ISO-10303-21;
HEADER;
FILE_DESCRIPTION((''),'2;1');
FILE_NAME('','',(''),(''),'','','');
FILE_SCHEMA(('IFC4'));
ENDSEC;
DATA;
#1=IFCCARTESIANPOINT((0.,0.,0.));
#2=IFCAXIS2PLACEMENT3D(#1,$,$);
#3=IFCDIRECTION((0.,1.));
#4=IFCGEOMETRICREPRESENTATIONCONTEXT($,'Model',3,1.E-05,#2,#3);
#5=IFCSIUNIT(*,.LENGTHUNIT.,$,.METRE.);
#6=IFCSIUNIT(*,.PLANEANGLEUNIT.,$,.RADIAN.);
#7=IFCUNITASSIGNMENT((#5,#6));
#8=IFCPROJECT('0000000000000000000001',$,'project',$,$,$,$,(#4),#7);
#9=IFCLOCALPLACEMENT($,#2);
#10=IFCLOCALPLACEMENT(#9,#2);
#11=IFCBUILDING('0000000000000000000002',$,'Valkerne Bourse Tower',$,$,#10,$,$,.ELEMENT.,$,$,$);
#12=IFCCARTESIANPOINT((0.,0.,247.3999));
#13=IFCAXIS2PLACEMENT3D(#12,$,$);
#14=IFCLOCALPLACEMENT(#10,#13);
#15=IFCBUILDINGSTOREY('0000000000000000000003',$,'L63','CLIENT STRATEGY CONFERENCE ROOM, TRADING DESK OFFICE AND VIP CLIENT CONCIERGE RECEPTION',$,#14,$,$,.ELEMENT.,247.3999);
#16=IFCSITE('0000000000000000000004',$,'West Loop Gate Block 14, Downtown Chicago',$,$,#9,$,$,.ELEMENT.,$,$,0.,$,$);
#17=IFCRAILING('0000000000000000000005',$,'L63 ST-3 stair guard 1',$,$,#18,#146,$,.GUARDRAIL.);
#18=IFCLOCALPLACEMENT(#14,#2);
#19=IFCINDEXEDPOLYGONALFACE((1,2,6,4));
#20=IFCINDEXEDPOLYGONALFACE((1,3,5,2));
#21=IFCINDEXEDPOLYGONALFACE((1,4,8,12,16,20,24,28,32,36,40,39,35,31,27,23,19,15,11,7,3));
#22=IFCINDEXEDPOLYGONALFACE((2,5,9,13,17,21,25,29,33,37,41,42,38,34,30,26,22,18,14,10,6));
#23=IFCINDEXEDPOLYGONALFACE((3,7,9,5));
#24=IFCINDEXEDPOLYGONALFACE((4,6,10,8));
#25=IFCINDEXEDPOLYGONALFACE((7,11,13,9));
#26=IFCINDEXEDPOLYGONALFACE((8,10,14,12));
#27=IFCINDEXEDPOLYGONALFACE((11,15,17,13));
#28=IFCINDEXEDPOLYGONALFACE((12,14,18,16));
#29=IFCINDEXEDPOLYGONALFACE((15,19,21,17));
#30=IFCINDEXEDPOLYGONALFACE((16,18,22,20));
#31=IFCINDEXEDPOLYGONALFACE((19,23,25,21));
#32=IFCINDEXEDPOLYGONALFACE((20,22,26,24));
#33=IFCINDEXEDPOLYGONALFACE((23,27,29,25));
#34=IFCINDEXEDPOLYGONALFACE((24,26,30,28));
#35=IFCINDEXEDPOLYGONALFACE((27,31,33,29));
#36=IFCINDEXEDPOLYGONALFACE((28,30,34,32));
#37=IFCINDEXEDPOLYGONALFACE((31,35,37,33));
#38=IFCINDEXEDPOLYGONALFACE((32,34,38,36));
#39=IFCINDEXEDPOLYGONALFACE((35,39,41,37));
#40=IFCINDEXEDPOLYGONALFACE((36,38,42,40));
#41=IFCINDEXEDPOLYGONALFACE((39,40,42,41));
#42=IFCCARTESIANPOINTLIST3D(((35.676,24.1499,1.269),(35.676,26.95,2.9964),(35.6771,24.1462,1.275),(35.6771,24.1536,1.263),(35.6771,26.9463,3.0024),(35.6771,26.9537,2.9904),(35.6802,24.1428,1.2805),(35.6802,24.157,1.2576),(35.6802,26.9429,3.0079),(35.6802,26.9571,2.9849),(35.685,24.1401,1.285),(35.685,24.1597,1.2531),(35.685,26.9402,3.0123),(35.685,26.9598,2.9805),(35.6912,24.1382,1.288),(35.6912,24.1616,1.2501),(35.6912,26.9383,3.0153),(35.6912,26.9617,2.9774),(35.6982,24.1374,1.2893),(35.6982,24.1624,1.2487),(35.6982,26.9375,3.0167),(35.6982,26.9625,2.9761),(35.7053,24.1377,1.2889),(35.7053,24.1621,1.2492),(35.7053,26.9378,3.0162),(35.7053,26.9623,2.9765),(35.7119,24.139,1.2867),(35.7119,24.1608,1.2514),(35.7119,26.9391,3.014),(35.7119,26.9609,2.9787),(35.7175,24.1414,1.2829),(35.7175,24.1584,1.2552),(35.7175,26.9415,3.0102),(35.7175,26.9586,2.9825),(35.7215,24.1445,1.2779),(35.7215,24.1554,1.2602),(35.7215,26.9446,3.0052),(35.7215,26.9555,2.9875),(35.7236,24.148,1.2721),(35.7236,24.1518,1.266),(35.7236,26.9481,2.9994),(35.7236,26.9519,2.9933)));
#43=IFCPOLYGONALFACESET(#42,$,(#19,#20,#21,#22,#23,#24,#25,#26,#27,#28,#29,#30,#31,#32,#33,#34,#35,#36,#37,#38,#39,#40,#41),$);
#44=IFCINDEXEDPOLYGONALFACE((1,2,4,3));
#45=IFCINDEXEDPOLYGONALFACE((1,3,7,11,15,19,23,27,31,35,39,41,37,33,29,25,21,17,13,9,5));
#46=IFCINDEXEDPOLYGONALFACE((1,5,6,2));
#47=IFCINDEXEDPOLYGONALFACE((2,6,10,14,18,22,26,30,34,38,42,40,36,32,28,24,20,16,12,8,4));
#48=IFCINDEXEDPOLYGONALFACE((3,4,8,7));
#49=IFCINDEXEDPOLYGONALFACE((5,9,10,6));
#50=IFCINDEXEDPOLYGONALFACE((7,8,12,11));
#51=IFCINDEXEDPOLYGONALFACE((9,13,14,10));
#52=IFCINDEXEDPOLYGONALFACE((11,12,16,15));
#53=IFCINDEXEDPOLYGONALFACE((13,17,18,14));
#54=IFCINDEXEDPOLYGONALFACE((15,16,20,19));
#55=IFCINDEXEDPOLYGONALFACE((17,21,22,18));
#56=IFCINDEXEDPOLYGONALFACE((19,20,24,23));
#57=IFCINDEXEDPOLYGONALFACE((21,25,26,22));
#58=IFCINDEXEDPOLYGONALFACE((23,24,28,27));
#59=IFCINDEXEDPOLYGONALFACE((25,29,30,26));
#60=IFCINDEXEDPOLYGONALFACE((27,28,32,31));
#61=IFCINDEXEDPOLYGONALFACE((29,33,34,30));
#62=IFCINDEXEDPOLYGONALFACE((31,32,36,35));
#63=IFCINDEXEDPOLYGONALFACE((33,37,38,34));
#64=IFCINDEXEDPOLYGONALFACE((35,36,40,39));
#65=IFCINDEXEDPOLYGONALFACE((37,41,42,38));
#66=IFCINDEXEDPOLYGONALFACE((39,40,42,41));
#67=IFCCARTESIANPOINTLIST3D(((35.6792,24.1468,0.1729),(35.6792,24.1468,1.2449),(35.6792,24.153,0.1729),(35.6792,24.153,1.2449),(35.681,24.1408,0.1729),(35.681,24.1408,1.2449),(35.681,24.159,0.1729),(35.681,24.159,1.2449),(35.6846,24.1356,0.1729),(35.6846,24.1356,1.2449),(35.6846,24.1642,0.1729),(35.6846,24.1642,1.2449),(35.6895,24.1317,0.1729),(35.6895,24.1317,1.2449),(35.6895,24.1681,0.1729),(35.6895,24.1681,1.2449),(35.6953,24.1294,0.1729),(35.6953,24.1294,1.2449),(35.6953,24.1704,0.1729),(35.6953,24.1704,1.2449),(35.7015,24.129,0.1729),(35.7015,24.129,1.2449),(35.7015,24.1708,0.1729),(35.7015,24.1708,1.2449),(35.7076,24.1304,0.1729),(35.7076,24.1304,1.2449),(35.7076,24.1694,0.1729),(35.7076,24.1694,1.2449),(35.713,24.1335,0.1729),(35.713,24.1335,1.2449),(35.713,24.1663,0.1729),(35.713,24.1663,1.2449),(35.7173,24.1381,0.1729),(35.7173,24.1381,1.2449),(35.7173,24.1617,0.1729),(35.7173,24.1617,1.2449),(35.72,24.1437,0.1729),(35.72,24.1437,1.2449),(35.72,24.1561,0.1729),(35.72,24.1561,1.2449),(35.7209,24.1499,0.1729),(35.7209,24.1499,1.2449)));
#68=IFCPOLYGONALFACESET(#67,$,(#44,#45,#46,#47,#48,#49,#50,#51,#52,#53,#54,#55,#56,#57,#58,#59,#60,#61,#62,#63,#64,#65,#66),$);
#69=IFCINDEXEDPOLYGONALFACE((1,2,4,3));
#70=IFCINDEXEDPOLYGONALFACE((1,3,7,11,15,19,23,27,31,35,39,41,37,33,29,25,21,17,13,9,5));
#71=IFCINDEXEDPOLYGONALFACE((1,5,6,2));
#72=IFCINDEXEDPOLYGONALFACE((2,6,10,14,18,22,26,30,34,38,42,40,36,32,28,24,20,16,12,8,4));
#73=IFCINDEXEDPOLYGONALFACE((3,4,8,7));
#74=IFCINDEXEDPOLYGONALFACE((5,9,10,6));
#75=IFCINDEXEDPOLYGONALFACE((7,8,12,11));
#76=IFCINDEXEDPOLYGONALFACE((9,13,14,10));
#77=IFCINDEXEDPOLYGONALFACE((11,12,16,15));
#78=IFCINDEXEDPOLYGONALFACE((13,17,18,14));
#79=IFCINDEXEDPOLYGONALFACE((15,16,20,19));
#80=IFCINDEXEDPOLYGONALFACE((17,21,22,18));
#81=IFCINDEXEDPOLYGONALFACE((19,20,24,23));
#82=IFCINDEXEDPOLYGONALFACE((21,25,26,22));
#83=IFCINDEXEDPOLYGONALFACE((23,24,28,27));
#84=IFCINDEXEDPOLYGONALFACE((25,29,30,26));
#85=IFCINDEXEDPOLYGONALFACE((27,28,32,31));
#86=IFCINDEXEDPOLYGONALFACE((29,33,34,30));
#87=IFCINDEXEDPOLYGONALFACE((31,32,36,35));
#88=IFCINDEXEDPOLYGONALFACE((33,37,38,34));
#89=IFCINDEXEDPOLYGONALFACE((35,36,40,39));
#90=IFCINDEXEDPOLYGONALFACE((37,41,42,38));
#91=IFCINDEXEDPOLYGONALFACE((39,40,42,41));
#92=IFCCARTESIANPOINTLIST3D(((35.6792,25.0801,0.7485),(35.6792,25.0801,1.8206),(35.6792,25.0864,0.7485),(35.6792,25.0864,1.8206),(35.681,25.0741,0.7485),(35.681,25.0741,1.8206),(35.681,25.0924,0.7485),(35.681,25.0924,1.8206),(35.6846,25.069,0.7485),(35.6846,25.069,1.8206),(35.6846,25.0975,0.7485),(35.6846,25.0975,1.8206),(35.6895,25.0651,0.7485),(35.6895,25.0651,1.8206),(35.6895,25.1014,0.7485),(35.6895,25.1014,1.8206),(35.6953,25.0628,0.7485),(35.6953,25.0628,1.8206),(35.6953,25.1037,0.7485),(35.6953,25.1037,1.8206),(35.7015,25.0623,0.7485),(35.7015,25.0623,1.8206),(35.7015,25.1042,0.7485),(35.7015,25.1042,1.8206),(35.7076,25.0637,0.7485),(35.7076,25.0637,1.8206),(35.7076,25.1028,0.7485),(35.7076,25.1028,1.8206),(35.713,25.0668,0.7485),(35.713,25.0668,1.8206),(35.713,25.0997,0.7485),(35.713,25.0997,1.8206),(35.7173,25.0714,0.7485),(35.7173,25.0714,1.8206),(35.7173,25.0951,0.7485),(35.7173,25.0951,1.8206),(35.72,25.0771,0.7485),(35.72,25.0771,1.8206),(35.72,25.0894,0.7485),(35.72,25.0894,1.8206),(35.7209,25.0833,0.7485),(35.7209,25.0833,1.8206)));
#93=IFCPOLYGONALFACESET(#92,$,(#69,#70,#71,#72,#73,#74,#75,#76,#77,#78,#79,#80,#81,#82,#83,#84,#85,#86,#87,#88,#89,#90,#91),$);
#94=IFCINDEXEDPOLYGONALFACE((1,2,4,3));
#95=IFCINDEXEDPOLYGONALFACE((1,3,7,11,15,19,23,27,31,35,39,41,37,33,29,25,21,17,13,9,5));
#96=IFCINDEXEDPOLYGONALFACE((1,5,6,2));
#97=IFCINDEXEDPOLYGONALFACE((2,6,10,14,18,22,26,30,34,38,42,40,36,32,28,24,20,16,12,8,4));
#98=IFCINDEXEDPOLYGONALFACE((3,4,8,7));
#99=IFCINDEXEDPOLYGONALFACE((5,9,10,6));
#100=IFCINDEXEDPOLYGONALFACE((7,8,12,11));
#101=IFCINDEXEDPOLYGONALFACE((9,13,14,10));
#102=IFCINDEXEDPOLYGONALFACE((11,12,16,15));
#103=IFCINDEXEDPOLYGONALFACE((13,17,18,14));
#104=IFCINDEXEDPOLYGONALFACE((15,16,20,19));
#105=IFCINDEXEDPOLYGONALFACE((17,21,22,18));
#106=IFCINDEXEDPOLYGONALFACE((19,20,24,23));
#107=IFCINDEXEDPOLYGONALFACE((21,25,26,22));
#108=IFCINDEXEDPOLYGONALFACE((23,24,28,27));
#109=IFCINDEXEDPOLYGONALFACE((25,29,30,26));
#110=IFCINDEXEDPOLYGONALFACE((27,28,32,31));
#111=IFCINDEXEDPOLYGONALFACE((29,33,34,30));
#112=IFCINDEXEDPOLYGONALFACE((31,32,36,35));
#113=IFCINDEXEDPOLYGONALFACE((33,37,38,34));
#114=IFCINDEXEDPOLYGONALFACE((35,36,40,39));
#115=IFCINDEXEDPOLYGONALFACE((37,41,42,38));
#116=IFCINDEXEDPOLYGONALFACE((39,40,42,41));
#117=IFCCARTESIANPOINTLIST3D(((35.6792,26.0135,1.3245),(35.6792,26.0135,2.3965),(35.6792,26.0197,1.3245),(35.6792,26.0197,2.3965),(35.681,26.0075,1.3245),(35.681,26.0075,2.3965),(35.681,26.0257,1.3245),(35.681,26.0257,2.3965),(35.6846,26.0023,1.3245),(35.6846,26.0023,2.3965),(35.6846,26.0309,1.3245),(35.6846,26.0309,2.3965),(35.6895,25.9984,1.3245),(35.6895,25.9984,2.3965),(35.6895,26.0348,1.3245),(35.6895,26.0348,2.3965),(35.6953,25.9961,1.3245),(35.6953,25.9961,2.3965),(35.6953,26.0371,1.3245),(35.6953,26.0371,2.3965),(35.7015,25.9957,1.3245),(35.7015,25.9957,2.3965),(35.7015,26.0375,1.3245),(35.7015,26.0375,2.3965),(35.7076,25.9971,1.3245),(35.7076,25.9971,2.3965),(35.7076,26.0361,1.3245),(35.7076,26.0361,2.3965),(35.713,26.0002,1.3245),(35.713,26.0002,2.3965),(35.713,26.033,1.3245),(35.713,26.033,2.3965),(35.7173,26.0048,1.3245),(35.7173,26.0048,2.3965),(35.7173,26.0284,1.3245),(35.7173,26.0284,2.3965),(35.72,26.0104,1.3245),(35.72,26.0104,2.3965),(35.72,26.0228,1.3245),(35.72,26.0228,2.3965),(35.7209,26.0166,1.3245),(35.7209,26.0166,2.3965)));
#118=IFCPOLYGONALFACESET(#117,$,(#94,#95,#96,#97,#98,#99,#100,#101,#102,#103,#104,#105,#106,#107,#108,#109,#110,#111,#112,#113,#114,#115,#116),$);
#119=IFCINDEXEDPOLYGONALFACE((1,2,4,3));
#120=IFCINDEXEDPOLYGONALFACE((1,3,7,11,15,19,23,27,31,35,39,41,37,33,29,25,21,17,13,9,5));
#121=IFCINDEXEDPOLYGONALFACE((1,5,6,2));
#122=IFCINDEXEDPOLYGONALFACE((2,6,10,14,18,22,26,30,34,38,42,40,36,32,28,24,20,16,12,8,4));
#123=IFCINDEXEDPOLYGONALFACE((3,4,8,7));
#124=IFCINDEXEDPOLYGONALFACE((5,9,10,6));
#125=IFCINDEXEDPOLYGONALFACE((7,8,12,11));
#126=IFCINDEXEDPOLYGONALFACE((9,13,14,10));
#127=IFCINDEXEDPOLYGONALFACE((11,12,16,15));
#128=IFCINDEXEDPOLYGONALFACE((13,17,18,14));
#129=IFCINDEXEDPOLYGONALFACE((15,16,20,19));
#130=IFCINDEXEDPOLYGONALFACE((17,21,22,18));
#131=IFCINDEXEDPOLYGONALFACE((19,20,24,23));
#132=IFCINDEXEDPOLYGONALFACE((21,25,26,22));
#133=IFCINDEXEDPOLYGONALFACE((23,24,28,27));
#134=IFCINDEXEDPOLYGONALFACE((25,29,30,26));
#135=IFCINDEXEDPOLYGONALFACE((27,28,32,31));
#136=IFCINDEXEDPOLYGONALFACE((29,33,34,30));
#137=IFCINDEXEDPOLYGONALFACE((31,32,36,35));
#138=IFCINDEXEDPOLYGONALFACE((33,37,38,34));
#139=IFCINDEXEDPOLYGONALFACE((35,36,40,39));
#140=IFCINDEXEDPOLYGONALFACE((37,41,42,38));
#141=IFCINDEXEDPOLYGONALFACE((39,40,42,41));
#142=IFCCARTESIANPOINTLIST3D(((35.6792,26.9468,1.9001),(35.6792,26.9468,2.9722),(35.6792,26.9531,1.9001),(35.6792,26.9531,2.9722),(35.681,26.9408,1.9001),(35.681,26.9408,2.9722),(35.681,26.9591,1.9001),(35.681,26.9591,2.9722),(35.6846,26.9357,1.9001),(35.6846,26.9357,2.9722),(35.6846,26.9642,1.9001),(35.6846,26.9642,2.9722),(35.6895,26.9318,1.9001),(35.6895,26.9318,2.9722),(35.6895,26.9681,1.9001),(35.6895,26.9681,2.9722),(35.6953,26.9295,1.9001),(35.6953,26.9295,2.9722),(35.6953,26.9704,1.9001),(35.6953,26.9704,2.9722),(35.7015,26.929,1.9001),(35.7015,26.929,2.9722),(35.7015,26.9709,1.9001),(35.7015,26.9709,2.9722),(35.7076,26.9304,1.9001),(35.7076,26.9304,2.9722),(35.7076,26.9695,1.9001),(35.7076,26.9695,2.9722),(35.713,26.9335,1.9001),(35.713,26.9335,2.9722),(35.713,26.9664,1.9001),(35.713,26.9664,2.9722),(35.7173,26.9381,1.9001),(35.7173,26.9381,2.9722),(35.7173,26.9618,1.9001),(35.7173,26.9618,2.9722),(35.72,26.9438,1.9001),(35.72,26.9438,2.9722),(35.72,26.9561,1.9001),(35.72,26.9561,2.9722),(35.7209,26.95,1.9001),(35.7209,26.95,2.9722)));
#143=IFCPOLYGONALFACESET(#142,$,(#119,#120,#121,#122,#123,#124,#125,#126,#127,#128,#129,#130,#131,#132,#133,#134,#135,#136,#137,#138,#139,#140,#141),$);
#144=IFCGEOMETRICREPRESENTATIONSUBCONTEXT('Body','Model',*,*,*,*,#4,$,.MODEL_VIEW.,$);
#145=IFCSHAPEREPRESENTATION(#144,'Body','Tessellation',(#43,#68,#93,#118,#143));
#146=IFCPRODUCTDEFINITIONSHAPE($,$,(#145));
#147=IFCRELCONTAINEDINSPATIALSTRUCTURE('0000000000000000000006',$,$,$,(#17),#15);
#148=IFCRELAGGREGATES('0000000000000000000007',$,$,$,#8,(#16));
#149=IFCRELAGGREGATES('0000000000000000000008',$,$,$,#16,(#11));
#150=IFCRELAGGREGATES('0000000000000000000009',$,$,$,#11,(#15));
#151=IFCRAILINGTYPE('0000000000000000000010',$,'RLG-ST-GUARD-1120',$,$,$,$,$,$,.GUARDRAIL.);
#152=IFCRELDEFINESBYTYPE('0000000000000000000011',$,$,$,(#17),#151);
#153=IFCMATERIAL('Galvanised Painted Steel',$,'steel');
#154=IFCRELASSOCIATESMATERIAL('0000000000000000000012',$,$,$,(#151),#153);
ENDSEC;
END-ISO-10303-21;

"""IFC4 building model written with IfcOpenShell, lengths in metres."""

from ifc_helpers import new_model, si_unit, direction, frame, origin, origin_2d, place, context, subcontext, project, spatial, circle, extrude, material, type_object, element, save


model = new_model("IFC4")

# Units and contexts
model_context = context("Model", 3, precision=1e-05, world=origin(), true_north=direction((0.0, 1.0)))
body_context = subcontext(model_context, "Body", "Model", "MODEL_VIEW")
ifc_project = project(units=[si_unit("LENGTHUNIT", "METRE"), si_unit("PLANEANGLEUNIT", "RADIAN")], contexts=[model_context])

# Site, building, storey
site_placement = place(None, origin())
site = spatial("IfcSite", under=ifc_project, at=site_placement, Name="West Loop Gate Block 14, Downtown Chicago", CompositionType="ELEMENT", RefElevation=0.0)
building_placement = place(site_placement, origin())
building = spatial("IfcBuilding", under=site, at=building_placement, Name="Valkerne Bourse Tower", CompositionType="ELEMENT")
storey_placement = place(building_placement, frame((0.0, 0.0, 247.3999)))
storey = spatial("IfcBuildingStorey", under=building, at=storey_placement, Name="L63", Description="CLIENT STRATEGY CONFERENCE ROOM, TRADING DESK OFFICE AND VIP CLIENT CONCIERGE RECEPTION", CompositionType="ELEMENT", Elevation=247.3999)

# Railing
ifc_material_1 = material(Name="Galvanised Painted Steel", Category="steel")
railing_type_1 = type_object("IfcRailingType", Name="RLG-ST-GUARD-1120", PredefinedType="GUARDRAIL", material=ifc_material_1)
railing_1_placement = place(storey_placement, frame((35.7, 24.1499, 0.1729)))
element("IfcRailing", 1, at=railing_1_placement, inside=storey, type_object=railing_type_1, Name="L63 ST-3 stair guard 1", PredefinedType="GUARDRAIL", context=body_context, shape_type="SweptSolid", body=[
    extrude(circle(Radius=0.0239, at=origin_2d()), frame((0.0, 0.0, 1.0962), z_axis=(0.0, 0.85109, 0.52502), x_axis=(-1.0, 0.0, 0.0)), (0.0, 0.0, 1.0), 3.29),
    extrude(circle(Radius=0.021, at=origin_2d()), origin(), (0.0, 0.0, 1.0), 1.072),
    extrude(circle(Radius=0.021, at=origin_2d()), frame((0.0, 0.9333, 0.5757)), (0.0, 0.0, 1.0), 1.072),
    extrude(circle(Radius=0.021, at=origin_2d()), frame((0.0, 1.8667, 1.1516)), (0.0, 0.0, 1.0), 1.072),
    extrude(circle(Radius=0.021, at=origin_2d()), frame((0.0, 2.8, 1.7273)), (0.0, 0.0, 1.0), 1.072),
])

save(model, "model.ifc")
